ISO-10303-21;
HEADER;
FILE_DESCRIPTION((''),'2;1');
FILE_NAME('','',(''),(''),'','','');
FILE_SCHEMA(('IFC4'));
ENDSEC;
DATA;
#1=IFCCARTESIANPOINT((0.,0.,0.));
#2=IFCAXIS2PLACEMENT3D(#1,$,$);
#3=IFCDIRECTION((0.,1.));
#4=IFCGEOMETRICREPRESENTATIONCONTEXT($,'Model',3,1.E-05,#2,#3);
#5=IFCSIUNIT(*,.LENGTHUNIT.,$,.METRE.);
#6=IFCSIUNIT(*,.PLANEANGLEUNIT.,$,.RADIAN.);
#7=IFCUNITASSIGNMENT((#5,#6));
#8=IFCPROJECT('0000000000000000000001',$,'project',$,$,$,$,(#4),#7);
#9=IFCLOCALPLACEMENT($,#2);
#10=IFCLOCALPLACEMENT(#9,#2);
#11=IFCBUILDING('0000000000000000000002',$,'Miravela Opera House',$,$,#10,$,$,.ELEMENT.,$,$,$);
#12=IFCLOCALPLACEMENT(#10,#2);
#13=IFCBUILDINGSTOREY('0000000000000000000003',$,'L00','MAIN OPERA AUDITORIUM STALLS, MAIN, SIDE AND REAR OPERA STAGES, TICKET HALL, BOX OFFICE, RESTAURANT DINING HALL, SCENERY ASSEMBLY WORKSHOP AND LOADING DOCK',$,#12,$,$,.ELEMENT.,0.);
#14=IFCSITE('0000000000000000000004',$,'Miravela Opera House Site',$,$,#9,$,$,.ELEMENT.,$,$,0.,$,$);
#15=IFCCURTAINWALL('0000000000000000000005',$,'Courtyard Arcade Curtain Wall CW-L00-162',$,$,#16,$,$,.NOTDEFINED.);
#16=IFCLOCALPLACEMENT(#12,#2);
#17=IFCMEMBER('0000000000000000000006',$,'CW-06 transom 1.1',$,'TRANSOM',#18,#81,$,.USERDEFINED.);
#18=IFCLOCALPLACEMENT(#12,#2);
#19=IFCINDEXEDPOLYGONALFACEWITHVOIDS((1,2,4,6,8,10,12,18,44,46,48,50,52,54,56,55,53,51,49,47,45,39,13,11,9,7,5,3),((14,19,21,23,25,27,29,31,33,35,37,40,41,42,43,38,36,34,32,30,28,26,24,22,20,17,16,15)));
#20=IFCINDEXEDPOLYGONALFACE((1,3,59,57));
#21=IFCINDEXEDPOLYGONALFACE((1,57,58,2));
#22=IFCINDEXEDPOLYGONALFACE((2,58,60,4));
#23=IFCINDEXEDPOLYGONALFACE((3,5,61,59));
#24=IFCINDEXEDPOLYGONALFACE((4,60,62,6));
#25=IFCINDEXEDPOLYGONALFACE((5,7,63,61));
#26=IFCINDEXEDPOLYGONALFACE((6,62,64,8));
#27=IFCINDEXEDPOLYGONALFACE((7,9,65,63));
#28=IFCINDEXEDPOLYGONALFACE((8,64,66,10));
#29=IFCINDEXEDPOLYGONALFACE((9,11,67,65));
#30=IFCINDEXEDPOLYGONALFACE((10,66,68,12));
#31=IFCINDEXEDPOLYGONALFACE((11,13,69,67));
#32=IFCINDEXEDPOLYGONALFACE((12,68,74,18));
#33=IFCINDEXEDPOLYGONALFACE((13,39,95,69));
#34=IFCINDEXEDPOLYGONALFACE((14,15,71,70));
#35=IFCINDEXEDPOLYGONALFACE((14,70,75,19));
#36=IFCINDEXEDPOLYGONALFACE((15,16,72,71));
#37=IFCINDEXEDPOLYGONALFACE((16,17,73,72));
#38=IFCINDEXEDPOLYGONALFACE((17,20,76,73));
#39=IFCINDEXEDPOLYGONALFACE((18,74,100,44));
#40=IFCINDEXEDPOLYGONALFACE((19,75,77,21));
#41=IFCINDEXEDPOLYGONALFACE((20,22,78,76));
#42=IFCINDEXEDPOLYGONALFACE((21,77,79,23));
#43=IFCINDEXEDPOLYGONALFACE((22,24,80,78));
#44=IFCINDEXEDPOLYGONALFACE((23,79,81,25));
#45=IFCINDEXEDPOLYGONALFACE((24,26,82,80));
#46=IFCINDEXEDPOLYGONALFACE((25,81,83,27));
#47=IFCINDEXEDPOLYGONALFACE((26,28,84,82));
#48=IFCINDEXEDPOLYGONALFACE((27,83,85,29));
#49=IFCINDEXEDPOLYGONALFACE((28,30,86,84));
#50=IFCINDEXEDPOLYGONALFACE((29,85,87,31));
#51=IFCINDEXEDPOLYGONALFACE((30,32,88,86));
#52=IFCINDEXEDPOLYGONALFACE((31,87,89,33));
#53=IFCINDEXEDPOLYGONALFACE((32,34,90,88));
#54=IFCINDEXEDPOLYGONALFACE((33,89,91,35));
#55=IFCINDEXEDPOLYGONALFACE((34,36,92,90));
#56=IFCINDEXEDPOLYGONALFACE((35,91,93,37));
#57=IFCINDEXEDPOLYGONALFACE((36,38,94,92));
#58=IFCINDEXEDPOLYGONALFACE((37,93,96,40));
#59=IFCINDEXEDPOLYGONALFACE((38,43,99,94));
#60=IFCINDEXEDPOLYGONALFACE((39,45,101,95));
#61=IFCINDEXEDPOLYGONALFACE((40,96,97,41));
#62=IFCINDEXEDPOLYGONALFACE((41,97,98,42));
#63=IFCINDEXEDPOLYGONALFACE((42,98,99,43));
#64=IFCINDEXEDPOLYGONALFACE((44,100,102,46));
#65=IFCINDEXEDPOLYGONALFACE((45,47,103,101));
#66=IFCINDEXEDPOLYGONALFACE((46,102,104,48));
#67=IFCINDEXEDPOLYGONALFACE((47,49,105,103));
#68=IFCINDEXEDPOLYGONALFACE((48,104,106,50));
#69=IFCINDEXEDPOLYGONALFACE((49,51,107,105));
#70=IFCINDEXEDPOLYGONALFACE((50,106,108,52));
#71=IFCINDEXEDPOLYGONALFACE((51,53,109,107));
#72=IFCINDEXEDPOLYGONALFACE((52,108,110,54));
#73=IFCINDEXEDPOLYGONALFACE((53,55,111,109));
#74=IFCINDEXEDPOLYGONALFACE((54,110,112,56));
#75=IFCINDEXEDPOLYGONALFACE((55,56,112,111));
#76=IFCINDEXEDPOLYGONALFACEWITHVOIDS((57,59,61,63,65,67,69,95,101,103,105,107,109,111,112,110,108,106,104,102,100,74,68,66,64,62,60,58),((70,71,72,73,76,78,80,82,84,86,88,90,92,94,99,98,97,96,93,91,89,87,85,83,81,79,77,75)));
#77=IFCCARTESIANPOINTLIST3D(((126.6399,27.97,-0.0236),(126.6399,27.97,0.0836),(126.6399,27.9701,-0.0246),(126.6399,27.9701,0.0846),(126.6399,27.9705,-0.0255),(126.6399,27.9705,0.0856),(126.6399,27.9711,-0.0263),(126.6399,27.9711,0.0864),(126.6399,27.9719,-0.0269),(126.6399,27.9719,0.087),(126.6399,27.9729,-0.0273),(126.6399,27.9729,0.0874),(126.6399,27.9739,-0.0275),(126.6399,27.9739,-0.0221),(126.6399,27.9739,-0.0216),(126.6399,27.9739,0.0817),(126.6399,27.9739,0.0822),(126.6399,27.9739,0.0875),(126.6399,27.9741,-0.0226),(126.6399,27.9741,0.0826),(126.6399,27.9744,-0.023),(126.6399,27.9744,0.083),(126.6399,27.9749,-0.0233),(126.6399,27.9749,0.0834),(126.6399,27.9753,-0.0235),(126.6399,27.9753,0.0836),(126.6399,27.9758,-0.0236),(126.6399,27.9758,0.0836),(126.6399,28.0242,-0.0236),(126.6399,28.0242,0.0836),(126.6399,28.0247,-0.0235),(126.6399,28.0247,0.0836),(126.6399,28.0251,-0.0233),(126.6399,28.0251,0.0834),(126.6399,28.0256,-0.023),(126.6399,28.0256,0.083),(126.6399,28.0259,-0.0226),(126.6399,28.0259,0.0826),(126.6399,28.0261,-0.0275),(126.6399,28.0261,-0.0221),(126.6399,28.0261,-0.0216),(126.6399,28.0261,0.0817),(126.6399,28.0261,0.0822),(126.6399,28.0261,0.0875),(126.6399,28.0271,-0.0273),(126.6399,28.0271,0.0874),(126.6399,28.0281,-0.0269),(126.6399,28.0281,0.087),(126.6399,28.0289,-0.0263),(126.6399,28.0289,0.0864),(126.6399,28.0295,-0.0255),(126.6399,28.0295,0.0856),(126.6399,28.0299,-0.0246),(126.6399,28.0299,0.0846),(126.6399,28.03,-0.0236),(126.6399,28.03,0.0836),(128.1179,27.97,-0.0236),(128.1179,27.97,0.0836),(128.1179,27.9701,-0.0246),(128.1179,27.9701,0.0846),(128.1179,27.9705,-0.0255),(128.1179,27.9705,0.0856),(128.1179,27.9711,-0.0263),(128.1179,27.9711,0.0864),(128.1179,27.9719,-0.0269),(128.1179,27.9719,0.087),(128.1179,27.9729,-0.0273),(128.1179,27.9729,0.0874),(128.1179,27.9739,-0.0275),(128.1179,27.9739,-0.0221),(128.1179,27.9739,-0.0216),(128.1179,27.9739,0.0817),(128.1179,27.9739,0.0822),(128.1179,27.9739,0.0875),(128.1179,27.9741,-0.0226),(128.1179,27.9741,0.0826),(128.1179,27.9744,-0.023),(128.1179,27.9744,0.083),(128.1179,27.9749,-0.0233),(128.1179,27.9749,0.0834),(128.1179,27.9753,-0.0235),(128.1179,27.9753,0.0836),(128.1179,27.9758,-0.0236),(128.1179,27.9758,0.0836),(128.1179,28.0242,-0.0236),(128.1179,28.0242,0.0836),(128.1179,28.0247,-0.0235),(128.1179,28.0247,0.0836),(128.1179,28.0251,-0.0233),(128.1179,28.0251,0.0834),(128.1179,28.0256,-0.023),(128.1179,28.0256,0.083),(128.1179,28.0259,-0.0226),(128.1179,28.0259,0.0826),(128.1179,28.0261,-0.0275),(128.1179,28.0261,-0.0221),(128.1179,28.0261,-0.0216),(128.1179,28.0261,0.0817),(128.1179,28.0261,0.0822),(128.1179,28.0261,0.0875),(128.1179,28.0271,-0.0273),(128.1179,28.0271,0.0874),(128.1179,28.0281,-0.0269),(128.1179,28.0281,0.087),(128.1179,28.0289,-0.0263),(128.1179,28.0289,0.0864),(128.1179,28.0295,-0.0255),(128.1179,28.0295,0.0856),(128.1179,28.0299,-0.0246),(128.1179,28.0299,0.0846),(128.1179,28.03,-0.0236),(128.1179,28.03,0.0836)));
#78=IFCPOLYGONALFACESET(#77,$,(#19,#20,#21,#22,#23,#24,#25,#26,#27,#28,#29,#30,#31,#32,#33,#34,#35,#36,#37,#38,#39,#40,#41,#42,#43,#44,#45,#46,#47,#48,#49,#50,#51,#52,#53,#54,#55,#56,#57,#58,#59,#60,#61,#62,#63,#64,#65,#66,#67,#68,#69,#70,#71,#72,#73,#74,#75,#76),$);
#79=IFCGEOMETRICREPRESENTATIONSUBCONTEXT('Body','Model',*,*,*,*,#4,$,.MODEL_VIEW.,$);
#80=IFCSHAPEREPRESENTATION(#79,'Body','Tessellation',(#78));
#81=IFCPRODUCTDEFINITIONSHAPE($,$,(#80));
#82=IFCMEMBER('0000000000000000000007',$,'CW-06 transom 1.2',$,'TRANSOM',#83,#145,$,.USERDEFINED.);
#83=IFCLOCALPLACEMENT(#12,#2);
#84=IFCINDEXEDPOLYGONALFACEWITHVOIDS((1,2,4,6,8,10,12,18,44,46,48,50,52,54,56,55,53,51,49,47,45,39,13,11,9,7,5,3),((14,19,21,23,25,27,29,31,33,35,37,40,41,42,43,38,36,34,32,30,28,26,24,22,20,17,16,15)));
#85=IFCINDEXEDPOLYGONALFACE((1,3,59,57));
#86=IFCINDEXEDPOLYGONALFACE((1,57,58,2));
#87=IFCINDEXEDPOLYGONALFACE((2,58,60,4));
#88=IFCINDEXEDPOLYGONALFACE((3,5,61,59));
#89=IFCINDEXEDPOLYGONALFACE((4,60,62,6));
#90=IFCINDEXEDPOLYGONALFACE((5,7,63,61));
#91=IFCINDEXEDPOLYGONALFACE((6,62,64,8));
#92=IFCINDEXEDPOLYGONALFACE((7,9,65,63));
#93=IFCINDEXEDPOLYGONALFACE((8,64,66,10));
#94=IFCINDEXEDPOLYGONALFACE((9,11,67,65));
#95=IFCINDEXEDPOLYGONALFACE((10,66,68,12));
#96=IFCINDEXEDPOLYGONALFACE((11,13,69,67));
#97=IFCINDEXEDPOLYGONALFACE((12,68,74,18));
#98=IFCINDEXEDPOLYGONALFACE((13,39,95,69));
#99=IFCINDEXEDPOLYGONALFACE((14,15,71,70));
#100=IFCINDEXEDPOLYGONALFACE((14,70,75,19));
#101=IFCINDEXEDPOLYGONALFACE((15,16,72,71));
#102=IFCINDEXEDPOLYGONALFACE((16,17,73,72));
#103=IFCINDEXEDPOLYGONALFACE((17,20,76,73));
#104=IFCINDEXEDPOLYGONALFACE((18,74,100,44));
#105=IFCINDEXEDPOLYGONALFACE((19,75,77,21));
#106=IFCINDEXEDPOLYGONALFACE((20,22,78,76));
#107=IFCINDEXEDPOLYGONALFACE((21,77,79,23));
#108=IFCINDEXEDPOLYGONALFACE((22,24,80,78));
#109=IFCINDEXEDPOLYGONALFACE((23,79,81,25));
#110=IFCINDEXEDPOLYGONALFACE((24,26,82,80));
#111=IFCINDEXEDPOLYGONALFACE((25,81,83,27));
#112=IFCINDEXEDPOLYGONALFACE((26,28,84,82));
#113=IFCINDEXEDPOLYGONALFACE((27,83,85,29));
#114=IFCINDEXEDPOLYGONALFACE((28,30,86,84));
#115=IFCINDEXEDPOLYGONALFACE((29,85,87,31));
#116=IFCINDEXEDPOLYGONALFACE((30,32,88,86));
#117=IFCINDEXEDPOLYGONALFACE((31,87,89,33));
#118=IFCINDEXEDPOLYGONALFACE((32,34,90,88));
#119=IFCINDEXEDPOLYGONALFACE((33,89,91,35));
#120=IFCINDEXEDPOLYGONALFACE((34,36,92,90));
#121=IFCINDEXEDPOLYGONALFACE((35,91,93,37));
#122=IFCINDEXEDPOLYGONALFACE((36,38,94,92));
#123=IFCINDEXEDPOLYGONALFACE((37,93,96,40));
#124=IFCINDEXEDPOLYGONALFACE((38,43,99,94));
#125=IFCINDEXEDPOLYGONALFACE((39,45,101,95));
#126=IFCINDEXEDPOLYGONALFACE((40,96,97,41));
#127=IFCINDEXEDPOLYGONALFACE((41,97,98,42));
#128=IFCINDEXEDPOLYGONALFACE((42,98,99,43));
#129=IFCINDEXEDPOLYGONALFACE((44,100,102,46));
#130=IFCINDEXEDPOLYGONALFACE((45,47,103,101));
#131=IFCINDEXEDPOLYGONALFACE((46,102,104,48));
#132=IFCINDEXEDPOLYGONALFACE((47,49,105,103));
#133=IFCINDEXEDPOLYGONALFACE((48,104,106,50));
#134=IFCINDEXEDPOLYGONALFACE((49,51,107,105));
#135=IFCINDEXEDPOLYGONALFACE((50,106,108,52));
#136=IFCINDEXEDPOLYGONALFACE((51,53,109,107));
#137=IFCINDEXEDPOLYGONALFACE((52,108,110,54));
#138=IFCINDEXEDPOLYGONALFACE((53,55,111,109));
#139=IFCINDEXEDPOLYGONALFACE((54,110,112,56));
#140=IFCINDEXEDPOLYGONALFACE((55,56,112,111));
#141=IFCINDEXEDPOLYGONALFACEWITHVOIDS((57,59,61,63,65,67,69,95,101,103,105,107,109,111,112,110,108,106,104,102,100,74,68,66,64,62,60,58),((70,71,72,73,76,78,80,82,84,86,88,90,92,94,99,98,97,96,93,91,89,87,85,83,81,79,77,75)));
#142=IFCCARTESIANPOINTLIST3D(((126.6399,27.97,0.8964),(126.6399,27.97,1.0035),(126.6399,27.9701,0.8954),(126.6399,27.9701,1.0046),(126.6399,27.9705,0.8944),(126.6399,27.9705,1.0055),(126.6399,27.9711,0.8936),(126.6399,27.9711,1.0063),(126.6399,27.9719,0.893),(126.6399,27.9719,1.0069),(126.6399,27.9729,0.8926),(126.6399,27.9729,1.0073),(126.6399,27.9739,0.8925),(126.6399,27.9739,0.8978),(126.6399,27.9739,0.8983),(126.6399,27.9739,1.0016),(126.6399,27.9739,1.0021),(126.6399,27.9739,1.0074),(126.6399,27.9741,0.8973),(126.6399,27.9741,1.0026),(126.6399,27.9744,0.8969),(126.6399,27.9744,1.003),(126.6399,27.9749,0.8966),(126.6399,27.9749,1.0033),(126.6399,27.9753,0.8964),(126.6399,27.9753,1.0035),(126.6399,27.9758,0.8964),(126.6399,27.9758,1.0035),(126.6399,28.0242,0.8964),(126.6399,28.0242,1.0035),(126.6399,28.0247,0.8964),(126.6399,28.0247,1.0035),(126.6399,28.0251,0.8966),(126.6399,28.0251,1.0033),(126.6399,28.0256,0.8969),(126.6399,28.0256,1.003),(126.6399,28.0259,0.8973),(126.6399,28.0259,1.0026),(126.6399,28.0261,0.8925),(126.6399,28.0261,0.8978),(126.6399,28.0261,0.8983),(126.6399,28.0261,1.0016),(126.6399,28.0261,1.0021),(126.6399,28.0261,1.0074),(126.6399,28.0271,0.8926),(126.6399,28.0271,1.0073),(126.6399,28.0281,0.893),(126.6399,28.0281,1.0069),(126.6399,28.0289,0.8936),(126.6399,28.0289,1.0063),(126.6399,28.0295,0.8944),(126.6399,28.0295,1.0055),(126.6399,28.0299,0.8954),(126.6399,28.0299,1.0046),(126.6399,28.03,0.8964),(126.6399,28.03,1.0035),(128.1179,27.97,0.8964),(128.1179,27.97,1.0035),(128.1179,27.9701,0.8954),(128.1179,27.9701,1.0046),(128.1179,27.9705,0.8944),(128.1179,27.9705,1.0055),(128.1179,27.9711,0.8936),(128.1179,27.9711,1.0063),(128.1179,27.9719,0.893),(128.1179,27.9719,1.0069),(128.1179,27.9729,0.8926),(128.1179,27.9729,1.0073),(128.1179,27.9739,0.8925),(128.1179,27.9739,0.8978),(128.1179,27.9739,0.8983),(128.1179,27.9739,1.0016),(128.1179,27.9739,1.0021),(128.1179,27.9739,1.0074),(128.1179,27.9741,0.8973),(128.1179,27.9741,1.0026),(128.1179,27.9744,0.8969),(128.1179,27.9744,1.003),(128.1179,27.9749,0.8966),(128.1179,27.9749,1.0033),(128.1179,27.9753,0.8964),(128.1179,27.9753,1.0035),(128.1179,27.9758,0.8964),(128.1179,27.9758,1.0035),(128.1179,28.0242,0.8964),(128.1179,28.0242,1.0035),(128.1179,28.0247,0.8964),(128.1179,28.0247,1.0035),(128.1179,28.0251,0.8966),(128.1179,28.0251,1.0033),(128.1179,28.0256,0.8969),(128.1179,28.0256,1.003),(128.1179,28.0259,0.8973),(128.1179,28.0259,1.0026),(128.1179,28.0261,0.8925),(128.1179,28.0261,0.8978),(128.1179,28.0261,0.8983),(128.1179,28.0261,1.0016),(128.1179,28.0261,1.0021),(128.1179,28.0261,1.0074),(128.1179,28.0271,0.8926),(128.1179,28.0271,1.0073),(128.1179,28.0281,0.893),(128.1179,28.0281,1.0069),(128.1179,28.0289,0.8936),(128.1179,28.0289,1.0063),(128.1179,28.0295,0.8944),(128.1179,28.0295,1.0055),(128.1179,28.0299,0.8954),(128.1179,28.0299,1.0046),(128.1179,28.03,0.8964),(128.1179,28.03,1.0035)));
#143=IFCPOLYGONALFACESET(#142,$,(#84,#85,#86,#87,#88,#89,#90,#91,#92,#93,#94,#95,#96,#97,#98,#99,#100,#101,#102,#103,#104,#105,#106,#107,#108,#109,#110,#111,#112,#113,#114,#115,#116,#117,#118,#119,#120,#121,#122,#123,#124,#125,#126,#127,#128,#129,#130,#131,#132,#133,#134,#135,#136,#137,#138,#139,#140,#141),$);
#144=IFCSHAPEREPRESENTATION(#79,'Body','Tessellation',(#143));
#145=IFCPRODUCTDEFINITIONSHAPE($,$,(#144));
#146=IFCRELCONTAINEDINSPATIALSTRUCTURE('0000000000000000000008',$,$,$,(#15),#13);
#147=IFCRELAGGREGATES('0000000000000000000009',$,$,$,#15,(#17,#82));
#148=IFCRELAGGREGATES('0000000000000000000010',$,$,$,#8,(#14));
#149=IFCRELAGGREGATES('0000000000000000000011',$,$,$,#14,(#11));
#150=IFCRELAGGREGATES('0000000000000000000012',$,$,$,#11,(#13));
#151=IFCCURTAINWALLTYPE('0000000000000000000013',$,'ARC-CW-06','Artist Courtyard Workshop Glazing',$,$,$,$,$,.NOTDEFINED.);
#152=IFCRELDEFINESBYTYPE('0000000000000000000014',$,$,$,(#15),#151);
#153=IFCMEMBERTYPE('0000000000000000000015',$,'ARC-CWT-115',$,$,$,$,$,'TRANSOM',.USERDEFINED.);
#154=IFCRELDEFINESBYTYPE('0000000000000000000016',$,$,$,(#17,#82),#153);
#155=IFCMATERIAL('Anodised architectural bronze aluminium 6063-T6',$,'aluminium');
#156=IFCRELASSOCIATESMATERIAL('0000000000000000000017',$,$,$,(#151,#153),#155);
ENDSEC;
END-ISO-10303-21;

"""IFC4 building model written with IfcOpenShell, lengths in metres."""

from ifc_helpers import new_model, si_unit, direction, frame, origin, origin_2d, place, context, subcontext, project, spatial, hollow_rectangle, extrude, material, material_profile, profile_set, type_object, element, aggregate, save


model = new_model("IFC4")

# Units and contexts
model_context = context("Model", 3, precision=1e-05, world=origin(), true_north=direction((0.0, 1.0)))
body_context = subcontext(model_context, "Body", "Model", "MODEL_VIEW")
ifc_project = project(units=[si_unit("LENGTHUNIT", "METRE"), si_unit("PLANEANGLEUNIT", "RADIAN")], contexts=[model_context])

# Site, building, storey
site_placement = place(None, origin())
site = spatial("IfcSite", under=ifc_project, at=site_placement, Name="Miravela Opera House Site", CompositionType="ELEMENT", RefElevation=0.0)
building_placement = place(site_placement, origin())
building = spatial("IfcBuilding", under=site, at=building_placement, Name="Miravela Opera House", CompositionType="ELEMENT")
storey_placement = place(building_placement, origin())
storey = spatial("IfcBuildingStorey", under=building, at=storey_placement, Name="L00", Description="MAIN OPERA AUDITORIUM STALLS, MAIN, SIDE AND REAR OPERA STAGES, TICKET HALL, BOX OFFICE, RESTAURANT DINING HALL, SCENERY ASSEMBLY WORKSHOP AND LOADING DOCK", CompositionType="ELEMENT", Elevation=0.0)

# Shared definitions
ifc_material_1 = material(Name="Anodised architectural bronze aluminium 6063-T6", Category="aluminium")
curtain_wall_type = type_object("IfcCurtainWallType", Name="ARC-CW-06", Description="Artist Courtyard Workshop Glazing", PredefinedType="NOTDEFINED", material=ifc_material_1)

# Curtain wall, members
curtain_wall_1_placement = place(storey_placement, origin())
curtain_wall_1 = element("IfcCurtainWall", 1, at=curtain_wall_1_placement, inside=storey, type_object=curtain_wall_type, Name="Courtyard Arcade Curtain Wall CW-L00-162", PredefinedType="NOTDEFINED")
ifc_material_profile_1 = material_profile(ifc_material_1, hollow_rectangle(XDim=0.0601, YDim=0.115, WallThickness=0.0039, InnerFilletRadius=0.002, OuterFilletRadius=0.0039, at=origin_2d()), Name="CWT-60X115")
ifc_profile_set_1 = profile_set([ifc_material_profile_1])
member_type_1 = type_object("IfcMemberType", Name="ARC-CWT-115", ElementType="TRANSOM", PredefinedType="USERDEFINED", material=ifc_profile_set_1)
member_1_placement = place(storey_placement, frame((126.6399, 28.0, 0.03), z_axis=(1.0, 0.0, 0.0), x_axis=(0.0, 1.0, 0.0)))
member_1 = element("IfcMember", 2, at=member_1_placement, type_object=member_type_1, Name="CW-06 transom 1.1", ObjectType="TRANSOM", PredefinedType="USERDEFINED", context=body_context, shape_type="SweptSolid", body=[
    extrude(hollow_rectangle(XDim=0.0601, YDim=0.115, WallThickness=0.0039, InnerFilletRadius=0.002, OuterFilletRadius=0.0039, at=origin_2d()), origin(), (0.0, 0.0, 1.0), 1.478),
])
member_2_placement = place(storey_placement, frame((126.6399, 28.0, 0.95), z_axis=(1.0, 0.0, 0.0), x_axis=(0.0, 1.0, 0.0)))
member_2 = element("IfcMember", 3, at=member_2_placement, type_object=member_type_1, Name="CW-06 transom 1.2", ObjectType="TRANSOM", PredefinedType="USERDEFINED", context=body_context, shape_type="SweptSolid", body=[
    extrude(hollow_rectangle(XDim=0.0601, YDim=0.115, WallThickness=0.0039, InnerFilletRadius=0.002, OuterFilletRadius=0.0039, at=origin_2d()), origin(), (0.0, 0.0, 1.0), 1.478),
])

aggregate(curtain_wall_1, [member_1, member_2])

save(model, "model.ifc")
